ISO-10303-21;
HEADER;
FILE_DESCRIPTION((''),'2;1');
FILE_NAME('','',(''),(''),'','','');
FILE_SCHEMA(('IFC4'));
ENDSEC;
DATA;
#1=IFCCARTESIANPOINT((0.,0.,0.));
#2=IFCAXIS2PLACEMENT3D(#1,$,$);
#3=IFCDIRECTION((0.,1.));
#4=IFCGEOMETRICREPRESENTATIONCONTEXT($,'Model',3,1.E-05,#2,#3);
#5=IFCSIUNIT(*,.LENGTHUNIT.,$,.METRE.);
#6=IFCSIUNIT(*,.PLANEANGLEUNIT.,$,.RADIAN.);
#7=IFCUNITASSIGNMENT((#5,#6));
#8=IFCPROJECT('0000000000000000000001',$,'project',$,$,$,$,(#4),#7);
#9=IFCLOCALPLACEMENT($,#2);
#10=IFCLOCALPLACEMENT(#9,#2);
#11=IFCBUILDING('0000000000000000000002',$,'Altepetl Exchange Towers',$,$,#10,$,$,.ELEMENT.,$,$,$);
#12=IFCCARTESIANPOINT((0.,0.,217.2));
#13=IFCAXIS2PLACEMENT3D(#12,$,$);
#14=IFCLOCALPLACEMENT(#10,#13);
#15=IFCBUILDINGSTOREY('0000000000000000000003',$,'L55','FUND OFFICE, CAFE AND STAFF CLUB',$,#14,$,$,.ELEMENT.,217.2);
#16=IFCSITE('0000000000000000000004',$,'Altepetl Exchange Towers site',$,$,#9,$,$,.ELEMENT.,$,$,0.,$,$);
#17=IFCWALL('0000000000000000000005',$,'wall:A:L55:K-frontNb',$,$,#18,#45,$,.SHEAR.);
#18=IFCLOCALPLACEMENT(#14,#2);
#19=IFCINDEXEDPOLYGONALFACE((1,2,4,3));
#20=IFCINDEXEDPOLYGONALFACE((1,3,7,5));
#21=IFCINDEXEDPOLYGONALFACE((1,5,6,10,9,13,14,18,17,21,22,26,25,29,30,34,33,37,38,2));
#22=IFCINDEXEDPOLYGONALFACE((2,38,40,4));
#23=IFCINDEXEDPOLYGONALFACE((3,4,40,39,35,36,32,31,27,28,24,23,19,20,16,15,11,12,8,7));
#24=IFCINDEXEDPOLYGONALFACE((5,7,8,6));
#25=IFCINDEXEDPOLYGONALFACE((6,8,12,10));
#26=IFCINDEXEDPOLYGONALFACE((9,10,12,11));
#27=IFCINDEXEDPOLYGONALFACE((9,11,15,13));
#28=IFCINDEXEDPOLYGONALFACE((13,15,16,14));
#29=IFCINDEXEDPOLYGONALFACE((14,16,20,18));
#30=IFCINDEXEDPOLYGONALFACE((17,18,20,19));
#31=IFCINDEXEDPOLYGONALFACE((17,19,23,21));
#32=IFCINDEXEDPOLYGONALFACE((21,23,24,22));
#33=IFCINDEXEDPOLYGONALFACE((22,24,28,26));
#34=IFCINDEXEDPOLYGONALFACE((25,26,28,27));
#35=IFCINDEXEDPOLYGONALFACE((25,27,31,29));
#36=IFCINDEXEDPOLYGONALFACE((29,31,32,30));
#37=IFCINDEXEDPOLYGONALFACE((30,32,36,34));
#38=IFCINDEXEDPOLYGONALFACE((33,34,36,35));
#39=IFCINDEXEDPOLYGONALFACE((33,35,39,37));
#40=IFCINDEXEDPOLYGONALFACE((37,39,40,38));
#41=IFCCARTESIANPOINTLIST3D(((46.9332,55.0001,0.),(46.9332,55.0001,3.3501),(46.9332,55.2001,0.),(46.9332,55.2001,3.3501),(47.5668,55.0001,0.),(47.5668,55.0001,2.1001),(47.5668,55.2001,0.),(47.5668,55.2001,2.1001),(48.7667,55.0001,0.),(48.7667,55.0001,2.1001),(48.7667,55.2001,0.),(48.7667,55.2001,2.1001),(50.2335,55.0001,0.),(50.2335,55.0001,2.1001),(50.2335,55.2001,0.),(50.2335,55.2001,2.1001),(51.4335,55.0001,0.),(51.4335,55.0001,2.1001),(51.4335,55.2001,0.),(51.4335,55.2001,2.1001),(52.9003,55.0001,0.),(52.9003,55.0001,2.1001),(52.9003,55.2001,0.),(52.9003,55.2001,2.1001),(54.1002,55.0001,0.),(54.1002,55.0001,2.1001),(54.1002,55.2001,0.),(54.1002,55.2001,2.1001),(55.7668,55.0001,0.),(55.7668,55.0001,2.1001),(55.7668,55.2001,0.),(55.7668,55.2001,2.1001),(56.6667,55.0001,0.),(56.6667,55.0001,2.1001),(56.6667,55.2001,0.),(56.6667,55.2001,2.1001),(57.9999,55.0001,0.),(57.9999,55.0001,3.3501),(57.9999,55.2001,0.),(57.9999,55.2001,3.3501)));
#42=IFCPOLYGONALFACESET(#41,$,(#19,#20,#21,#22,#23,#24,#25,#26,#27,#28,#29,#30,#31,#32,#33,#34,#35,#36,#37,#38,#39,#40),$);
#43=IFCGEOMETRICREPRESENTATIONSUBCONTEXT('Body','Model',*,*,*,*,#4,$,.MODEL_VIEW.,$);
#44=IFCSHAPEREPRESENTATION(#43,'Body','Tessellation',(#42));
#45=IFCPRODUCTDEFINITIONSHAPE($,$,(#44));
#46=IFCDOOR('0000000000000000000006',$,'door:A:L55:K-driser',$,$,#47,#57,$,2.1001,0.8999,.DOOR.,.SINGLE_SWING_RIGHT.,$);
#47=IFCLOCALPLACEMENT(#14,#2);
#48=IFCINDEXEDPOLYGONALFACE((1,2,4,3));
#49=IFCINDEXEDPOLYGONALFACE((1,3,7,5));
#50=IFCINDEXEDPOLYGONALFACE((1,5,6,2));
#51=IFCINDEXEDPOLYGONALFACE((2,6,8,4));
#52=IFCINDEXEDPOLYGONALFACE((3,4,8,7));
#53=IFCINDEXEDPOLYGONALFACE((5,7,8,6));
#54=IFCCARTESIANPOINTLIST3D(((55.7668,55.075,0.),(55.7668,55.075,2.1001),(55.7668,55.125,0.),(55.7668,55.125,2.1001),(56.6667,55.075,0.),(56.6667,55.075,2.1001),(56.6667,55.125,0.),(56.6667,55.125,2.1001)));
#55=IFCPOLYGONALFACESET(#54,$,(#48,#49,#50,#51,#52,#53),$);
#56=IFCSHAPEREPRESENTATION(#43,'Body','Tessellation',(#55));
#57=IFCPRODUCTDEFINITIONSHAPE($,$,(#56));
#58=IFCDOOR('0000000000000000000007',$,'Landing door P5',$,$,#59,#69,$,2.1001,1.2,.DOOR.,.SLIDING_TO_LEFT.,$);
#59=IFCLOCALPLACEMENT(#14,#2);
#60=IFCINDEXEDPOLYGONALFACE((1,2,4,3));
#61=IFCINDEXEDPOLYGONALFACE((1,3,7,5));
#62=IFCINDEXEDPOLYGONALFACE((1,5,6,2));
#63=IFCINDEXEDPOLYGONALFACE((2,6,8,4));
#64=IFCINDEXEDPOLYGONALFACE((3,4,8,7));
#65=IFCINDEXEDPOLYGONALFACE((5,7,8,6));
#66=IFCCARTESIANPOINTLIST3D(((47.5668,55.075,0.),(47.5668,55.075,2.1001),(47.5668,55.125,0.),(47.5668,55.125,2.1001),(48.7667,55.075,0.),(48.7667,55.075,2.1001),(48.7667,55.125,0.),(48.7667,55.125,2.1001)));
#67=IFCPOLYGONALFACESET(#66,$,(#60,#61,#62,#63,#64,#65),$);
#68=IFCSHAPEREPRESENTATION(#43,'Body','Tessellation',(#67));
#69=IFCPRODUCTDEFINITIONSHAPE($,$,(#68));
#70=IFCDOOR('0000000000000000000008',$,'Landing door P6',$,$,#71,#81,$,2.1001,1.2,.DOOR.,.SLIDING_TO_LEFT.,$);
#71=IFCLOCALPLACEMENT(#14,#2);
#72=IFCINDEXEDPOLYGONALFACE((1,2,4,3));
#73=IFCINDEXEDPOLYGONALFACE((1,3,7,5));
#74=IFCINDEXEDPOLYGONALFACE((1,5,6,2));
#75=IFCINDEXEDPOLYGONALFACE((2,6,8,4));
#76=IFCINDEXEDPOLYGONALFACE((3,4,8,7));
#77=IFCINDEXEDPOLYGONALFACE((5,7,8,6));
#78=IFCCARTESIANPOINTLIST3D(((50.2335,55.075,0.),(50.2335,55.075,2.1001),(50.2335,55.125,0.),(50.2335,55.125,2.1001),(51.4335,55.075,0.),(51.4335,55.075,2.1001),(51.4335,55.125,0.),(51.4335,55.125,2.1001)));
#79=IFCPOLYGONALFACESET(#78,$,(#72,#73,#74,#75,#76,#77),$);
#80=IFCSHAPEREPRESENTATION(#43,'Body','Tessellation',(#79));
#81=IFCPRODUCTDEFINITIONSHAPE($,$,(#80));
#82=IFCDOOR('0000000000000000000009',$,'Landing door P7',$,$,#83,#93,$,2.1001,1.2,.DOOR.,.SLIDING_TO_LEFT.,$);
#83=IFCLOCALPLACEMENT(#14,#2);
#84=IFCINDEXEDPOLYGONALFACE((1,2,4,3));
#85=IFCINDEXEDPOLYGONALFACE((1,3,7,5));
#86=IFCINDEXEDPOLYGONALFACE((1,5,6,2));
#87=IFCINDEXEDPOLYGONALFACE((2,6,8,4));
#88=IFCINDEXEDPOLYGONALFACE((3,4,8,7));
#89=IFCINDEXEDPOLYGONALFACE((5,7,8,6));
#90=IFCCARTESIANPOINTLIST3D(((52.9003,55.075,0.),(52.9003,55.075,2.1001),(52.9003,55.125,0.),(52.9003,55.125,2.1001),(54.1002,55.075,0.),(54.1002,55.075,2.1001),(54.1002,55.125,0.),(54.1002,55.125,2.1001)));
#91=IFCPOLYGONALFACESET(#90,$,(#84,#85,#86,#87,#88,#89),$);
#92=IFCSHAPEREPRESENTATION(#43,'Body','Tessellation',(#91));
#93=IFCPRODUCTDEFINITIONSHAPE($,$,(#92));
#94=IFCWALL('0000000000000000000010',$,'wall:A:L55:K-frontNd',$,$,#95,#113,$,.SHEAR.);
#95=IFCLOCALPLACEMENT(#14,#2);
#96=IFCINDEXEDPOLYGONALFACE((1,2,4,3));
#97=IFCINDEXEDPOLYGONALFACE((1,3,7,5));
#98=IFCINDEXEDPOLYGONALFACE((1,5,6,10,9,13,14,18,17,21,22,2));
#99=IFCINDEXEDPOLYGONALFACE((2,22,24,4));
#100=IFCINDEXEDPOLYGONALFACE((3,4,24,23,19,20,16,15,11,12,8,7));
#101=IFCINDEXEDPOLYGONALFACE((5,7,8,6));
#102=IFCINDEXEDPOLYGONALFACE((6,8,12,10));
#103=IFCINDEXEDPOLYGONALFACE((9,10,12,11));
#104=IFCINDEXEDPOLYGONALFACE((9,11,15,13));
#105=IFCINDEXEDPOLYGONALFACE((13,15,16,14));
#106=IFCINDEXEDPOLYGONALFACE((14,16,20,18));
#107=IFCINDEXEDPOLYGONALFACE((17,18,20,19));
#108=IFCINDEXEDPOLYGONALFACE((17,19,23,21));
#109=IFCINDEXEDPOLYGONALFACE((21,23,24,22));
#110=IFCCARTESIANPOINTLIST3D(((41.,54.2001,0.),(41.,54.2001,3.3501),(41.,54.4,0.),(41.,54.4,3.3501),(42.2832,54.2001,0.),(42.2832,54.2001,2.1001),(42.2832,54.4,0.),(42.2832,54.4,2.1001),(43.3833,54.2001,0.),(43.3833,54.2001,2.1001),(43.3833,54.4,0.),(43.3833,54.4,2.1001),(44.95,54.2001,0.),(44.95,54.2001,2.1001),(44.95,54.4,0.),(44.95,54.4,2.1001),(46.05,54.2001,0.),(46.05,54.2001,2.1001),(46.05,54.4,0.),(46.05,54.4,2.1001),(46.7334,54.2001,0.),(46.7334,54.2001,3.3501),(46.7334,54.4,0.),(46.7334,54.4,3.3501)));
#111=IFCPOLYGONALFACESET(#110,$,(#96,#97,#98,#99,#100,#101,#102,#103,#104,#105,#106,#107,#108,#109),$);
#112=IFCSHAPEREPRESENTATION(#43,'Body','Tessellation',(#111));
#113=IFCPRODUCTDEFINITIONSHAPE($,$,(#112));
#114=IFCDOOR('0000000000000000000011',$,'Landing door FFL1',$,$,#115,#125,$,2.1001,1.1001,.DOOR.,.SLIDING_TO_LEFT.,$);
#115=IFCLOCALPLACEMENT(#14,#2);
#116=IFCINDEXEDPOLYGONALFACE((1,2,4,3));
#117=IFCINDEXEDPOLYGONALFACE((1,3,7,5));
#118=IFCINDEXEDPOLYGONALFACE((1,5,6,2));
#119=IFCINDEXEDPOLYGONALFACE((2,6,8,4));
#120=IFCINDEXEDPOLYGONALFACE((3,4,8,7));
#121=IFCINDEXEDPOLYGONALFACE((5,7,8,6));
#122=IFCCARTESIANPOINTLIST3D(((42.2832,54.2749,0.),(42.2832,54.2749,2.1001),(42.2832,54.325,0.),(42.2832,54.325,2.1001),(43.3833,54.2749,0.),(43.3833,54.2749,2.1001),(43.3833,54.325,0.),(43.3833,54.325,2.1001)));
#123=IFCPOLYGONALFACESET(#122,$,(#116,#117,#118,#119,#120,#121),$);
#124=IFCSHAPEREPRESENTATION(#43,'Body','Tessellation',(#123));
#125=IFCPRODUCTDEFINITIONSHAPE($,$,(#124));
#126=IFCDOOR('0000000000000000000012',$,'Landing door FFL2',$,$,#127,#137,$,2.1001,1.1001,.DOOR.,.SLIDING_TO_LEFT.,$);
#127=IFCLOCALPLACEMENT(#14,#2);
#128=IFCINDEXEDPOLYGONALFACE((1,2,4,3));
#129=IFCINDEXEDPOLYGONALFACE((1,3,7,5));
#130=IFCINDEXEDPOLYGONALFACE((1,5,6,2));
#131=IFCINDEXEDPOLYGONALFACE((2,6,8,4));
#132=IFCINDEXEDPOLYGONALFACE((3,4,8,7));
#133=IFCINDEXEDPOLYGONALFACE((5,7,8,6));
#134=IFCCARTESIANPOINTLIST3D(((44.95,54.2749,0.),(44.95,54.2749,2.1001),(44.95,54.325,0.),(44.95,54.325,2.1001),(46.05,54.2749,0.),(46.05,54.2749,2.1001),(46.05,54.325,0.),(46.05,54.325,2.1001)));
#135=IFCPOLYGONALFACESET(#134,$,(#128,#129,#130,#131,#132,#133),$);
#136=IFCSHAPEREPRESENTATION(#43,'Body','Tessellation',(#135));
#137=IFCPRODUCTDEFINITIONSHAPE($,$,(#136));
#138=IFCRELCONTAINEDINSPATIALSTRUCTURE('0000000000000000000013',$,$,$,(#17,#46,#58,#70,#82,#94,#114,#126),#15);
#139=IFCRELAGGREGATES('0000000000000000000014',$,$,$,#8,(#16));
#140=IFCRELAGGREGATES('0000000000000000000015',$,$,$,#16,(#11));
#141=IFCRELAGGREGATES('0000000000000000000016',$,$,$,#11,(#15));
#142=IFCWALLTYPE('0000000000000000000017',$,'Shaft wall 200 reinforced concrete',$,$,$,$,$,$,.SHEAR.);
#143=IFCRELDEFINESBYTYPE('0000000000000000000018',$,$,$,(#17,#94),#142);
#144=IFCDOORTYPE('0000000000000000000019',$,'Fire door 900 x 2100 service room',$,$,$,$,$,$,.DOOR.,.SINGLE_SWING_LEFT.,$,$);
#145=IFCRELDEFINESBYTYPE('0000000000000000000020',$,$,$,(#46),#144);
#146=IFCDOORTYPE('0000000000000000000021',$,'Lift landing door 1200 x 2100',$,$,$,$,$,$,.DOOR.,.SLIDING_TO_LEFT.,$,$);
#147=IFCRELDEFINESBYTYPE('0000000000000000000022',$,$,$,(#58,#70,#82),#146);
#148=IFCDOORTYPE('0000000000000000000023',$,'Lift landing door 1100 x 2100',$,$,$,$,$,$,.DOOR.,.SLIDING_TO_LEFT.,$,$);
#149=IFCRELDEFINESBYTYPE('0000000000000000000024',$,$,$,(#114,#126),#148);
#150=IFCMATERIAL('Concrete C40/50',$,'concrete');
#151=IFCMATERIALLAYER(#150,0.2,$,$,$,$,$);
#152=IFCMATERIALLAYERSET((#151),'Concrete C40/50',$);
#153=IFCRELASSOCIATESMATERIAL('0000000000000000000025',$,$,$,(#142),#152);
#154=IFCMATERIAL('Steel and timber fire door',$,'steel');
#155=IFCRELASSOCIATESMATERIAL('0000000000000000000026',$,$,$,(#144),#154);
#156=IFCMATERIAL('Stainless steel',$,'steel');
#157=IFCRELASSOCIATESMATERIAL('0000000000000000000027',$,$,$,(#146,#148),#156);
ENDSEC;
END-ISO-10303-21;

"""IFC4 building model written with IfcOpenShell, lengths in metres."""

from ifc_helpers import new_model, si_unit, direction, frame, frame_2d, origin, place, context, subcontext, project, spatial, rectangle, extrude, material, layer, layer_set, type_object, element, fill, save


model = new_model("IFC4")

# Units and contexts
model_context = context("Model", 3, precision=1e-05, world=origin(), true_north=direction((0.0, 1.0)))
body_context = subcontext(model_context, "Body", "Model", "MODEL_VIEW")
ifc_project = project(units=[si_unit("LENGTHUNIT", "METRE"), si_unit("PLANEANGLEUNIT", "RADIAN")], contexts=[model_context])

# Site, building, storey
site_placement = place(None, origin())
site = spatial("IfcSite", under=ifc_project, at=site_placement, Name="Altepetl Exchange Towers site", CompositionType="ELEMENT", RefElevation=0.0)
building_placement = place(site_placement, origin())
building = spatial("IfcBuilding", under=site, at=building_placement, Name="Altepetl Exchange Towers", CompositionType="ELEMENT")
storey_placement = place(building_placement, frame((0.0, 0.0, 217.2)))
storey = spatial("IfcBuildingStorey", under=building, at=storey_placement, Name="L55", Description="FUND OFFICE, CAFE AND STAFF CLUB", CompositionType="ELEMENT", Elevation=217.2)

# Shared definitions
ifc_material_1 = material(Name="Steel and timber fire door", Category="steel")

# Shared definitions
ifc_material_2 = material(Name="Concrete C40/50", Category="concrete")
ifc_layer_1 = layer(ifc_material_2, 0.2)
ifc_layer_set_1 = layer_set([ifc_layer_1], Name="Concrete C40/50")
wall_type_1 = type_object("IfcWallType", Name="Shaft wall 200 reinforced concrete", PredefinedType="SHEAR", material=ifc_layer_set_1)

# Walls, openings, doors
wall_1_placement = place(storey_placement, frame((46.9333, 55.1001, 0.0)))
wall_1 = element("IfcWall", 1, at=wall_1_placement, inside=storey, type_object=wall_type_1, Name="wall:A:L55:K-frontNb", PredefinedType="SHEAR", context=body_context, shape_type="SweptSolid", body=[
    extrude(rectangle(XDim=11.0667, YDim=0.2, at=frame_2d((5.5332, 0.0))), origin(), (0.0, 0.0, 1.0), 3.3501),
])
opening_1_placement = place(wall_1_placement, frame((8.8335, 0.0, 0.0)))
opening_1 = element("IfcOpeningElement", 2, at=opening_1_placement, cuts=wall_1, PredefinedType="OPENING", context=body_context, shape_type="SweptSolid", body=[
    extrude(rectangle(XDim=0.8999, YDim=2.1001, at=frame_2d((0.45, 1.05))), frame((0.0, 0.1099, 0.0), z_axis=(0.0, -1.0, 0.0), x_axis=(1.0, 0.0, 0.0)), (0.0, 0.0, 1.0), 0.22),
])
opening_2_placement = place(wall_1_placement, frame((0.6333, 0.0, 0.0)))
opening_2 = element("IfcOpeningElement", 3, at=opening_2_placement, cuts=wall_1, PredefinedType="OPENING", context=body_context, shape_type="SweptSolid", body=[
    extrude(rectangle(XDim=1.2, YDim=2.1001, at=frame_2d((0.6001, 1.05))), frame((0.0, 0.1099, 0.0), z_axis=(0.0, -1.0, 0.0), x_axis=(1.0, 0.0, 0.0)), (0.0, 0.0, 1.0), 0.22),
])
opening_3_placement = place(wall_1_placement, frame((3.3, 0.0, 0.0)))
opening_3 = element("IfcOpeningElement", 4, at=opening_3_placement, cuts=wall_1, PredefinedType="OPENING", context=body_context, shape_type="SweptSolid", body=[
    extrude(rectangle(XDim=1.2, YDim=2.1001, at=frame_2d((0.6001, 1.05))), frame((0.0, 0.1099, 0.0), z_axis=(0.0, -1.0, 0.0), x_axis=(1.0, 0.0, 0.0)), (0.0, 0.0, 1.0), 0.22),
])
opening_4_placement = place(wall_1_placement, frame((5.9668, 0.0, 0.0)))
opening_4 = element("IfcOpeningElement", 5, at=opening_4_placement, cuts=wall_1, PredefinedType="OPENING", context=body_context, shape_type="SweptSolid", body=[
    extrude(rectangle(XDim=1.2, YDim=2.1001, at=frame_2d((0.6001, 1.05))), frame((0.0, 0.1099, 0.0), z_axis=(0.0, -1.0, 0.0), x_axis=(1.0, 0.0, 0.0)), (0.0, 0.0, 1.0), 0.22),
])
door_type_1 = type_object("IfcDoorType", Name="Fire door 900 x 2100 service room", OperationType="SINGLE_SWING_LEFT", PredefinedType="DOOR", material=ifc_material_1)
door_1_placement = place(opening_1_placement, origin())
door_1 = element("IfcDoor", 6, at=door_1_placement, inside=storey, type_object=door_type_1, Name="door:A:L55:K-driser", OperationType="SINGLE_SWING_RIGHT", OverallHeight=2.1001, OverallWidth=0.8999, PredefinedType="DOOR", context=body_context, shape_type="SweptSolid", body=[
    extrude(rectangle(XDim=0.8999, YDim=2.1001, at=frame_2d((0.45, 1.05))), frame((0.0, 0.0249, 0.0), z_axis=(0.0, -1.0, 0.0), x_axis=(1.0, 0.0, 0.0)), (0.0, 0.0, 1.0), 0.05),
])
fill(opening_1, door_1)
ifc_material_3 = material(Name="Stainless steel", Category="steel")
door_type_2 = type_object("IfcDoorType", Name="Lift landing door 1200 x 2100", OperationType="SLIDING_TO_LEFT", PredefinedType="DOOR", material=ifc_material_3)
door_2_placement = place(opening_2_placement, origin())
door_2 = element("IfcDoor", 7, at=door_2_placement, inside=storey, type_object=door_type_2, Name="Landing door P5", OperationType="SLIDING_TO_LEFT", OverallHeight=2.1001, OverallWidth=1.2, PredefinedType="DOOR", context=body_context, shape_type="SweptSolid", body=[
    extrude(rectangle(XDim=1.2, YDim=2.1001, at=frame_2d((0.6001, 1.05))), frame((0.0, 0.0249, 0.0), z_axis=(0.0, -1.0, 0.0), x_axis=(1.0, 0.0, 0.0)), (0.0, 0.0, 1.0), 0.05),
])
fill(opening_2, door_2)
door_3_placement = place(opening_3_placement, origin())
door_3 = element("IfcDoor", 8, at=door_3_placement, inside=storey, type_object=door_type_2, Name="Landing door P6", OperationType="SLIDING_TO_LEFT", OverallHeight=2.1001, OverallWidth=1.2, PredefinedType="DOOR", context=body_context, shape_type="SweptSolid", body=[
    extrude(rectangle(XDim=1.2, YDim=2.1001, at=frame_2d((0.6001, 1.05))), frame((0.0, 0.0249, 0.0), z_axis=(0.0, -1.0, 0.0), x_axis=(1.0, 0.0, 0.0)), (0.0, 0.0, 1.0), 0.05),
])
fill(opening_3, door_3)
door_4_placement = place(opening_4_placement, origin())
door_4 = element("IfcDoor", 9, at=door_4_placement, inside=storey, type_object=door_type_2, Name="Landing door P7", OperationType="SLIDING_TO_LEFT", OverallHeight=2.1001, OverallWidth=1.2, PredefinedType="DOOR", context=body_context, shape_type="SweptSolid", body=[
    extrude(rectangle(XDim=1.2, YDim=2.1001, at=frame_2d((0.6001, 1.05))), frame((0.0, 0.0249, 0.0), z_axis=(0.0, -1.0, 0.0), x_axis=(1.0, 0.0, 0.0)), (0.0, 0.0, 1.0), 0.05),
])
fill(opening_4, door_4)
wall_2_placement = place(storey_placement, frame((41.0, 54.3, 0.0)))
wall_2 = element("IfcWall", 10, at=wall_2_placement, inside=storey, type_object=wall_type_1, Name="wall:A:L55:K-frontNd", PredefinedType="SHEAR", context=body_context, shape_type="SweptSolid", body=[
    extrude(rectangle(XDim=5.7334, YDim=0.2, at=frame_2d((2.8667, 0.0))), origin(), (0.0, 0.0, 1.0), 3.3501),
])
opening_5_placement = place(wall_2_placement, frame((1.2832, 0.0, 0.0)))
opening_5 = element("IfcOpeningElement", 11, at=opening_5_placement, cuts=wall_2, PredefinedType="OPENING", context=body_context, shape_type="SweptSolid", body=[
    extrude(rectangle(XDim=1.1001, YDim=2.1001, at=frame_2d((0.55, 1.05))), frame((0.0, 0.1099, 0.0), z_axis=(0.0, -1.0, 0.0), x_axis=(1.0, 0.0, 0.0)), (0.0, 0.0, 1.0), 0.22),
])
opening_6_placement = place(wall_2_placement, frame((3.95, 0.0, 0.0)))
opening_6 = element("IfcOpeningElement", 12, at=opening_6_placement, cuts=wall_2, PredefinedType="OPENING", context=body_context, shape_type="SweptSolid", body=[
    extrude(rectangle(XDim=1.1001, YDim=2.1001, at=frame_2d((0.55, 1.05))), frame((0.0, 0.1099, 0.0), z_axis=(0.0, -1.0, 0.0), x_axis=(1.0, 0.0, 0.0)), (0.0, 0.0, 1.0), 0.22),
])
door_type_3 = type_object("IfcDoorType", Name="Lift landing door 1100 x 2100", OperationType="SLIDING_TO_LEFT", PredefinedType="DOOR", material=ifc_material_3)
door_5_placement = place(opening_5_placement, origin())
door_5 = element("IfcDoor", 13, at=door_5_placement, inside=storey, type_object=door_type_3, Name="Landing door FFL1", OperationType="SLIDING_TO_LEFT", OverallHeight=2.1001, OverallWidth=1.1001, PredefinedType="DOOR", context=body_context, shape_type="SweptSolid", body=[
    extrude(rectangle(XDim=1.1001, YDim=2.1001, at=frame_2d((0.55, 1.05))), frame((0.0, 0.0249, 0.0), z_axis=(0.0, -1.0, 0.0), x_axis=(1.0, 0.0, 0.0)), (0.0, 0.0, 1.0), 0.05),
])
fill(opening_5, door_5)
door_6_placement = place(opening_6_placement, origin())
door_6 = element("IfcDoor", 14, at=door_6_placement, inside=storey, type_object=door_type_3, Name="Landing door FFL2", OperationType="SLIDING_TO_LEFT", OverallHeight=2.1001, OverallWidth=1.1001, PredefinedType="DOOR", context=body_context, shape_type="SweptSolid", body=[
    extrude(rectangle(XDim=1.1001, YDim=2.1001, at=frame_2d((0.55, 1.05))), frame((0.0, 0.0249, 0.0), z_axis=(0.0, -1.0, 0.0), x_axis=(1.0, 0.0, 0.0)), (0.0, 0.0, 1.0), 0.05),
])
fill(opening_6, door_6)

save(model, "model.ifc")
